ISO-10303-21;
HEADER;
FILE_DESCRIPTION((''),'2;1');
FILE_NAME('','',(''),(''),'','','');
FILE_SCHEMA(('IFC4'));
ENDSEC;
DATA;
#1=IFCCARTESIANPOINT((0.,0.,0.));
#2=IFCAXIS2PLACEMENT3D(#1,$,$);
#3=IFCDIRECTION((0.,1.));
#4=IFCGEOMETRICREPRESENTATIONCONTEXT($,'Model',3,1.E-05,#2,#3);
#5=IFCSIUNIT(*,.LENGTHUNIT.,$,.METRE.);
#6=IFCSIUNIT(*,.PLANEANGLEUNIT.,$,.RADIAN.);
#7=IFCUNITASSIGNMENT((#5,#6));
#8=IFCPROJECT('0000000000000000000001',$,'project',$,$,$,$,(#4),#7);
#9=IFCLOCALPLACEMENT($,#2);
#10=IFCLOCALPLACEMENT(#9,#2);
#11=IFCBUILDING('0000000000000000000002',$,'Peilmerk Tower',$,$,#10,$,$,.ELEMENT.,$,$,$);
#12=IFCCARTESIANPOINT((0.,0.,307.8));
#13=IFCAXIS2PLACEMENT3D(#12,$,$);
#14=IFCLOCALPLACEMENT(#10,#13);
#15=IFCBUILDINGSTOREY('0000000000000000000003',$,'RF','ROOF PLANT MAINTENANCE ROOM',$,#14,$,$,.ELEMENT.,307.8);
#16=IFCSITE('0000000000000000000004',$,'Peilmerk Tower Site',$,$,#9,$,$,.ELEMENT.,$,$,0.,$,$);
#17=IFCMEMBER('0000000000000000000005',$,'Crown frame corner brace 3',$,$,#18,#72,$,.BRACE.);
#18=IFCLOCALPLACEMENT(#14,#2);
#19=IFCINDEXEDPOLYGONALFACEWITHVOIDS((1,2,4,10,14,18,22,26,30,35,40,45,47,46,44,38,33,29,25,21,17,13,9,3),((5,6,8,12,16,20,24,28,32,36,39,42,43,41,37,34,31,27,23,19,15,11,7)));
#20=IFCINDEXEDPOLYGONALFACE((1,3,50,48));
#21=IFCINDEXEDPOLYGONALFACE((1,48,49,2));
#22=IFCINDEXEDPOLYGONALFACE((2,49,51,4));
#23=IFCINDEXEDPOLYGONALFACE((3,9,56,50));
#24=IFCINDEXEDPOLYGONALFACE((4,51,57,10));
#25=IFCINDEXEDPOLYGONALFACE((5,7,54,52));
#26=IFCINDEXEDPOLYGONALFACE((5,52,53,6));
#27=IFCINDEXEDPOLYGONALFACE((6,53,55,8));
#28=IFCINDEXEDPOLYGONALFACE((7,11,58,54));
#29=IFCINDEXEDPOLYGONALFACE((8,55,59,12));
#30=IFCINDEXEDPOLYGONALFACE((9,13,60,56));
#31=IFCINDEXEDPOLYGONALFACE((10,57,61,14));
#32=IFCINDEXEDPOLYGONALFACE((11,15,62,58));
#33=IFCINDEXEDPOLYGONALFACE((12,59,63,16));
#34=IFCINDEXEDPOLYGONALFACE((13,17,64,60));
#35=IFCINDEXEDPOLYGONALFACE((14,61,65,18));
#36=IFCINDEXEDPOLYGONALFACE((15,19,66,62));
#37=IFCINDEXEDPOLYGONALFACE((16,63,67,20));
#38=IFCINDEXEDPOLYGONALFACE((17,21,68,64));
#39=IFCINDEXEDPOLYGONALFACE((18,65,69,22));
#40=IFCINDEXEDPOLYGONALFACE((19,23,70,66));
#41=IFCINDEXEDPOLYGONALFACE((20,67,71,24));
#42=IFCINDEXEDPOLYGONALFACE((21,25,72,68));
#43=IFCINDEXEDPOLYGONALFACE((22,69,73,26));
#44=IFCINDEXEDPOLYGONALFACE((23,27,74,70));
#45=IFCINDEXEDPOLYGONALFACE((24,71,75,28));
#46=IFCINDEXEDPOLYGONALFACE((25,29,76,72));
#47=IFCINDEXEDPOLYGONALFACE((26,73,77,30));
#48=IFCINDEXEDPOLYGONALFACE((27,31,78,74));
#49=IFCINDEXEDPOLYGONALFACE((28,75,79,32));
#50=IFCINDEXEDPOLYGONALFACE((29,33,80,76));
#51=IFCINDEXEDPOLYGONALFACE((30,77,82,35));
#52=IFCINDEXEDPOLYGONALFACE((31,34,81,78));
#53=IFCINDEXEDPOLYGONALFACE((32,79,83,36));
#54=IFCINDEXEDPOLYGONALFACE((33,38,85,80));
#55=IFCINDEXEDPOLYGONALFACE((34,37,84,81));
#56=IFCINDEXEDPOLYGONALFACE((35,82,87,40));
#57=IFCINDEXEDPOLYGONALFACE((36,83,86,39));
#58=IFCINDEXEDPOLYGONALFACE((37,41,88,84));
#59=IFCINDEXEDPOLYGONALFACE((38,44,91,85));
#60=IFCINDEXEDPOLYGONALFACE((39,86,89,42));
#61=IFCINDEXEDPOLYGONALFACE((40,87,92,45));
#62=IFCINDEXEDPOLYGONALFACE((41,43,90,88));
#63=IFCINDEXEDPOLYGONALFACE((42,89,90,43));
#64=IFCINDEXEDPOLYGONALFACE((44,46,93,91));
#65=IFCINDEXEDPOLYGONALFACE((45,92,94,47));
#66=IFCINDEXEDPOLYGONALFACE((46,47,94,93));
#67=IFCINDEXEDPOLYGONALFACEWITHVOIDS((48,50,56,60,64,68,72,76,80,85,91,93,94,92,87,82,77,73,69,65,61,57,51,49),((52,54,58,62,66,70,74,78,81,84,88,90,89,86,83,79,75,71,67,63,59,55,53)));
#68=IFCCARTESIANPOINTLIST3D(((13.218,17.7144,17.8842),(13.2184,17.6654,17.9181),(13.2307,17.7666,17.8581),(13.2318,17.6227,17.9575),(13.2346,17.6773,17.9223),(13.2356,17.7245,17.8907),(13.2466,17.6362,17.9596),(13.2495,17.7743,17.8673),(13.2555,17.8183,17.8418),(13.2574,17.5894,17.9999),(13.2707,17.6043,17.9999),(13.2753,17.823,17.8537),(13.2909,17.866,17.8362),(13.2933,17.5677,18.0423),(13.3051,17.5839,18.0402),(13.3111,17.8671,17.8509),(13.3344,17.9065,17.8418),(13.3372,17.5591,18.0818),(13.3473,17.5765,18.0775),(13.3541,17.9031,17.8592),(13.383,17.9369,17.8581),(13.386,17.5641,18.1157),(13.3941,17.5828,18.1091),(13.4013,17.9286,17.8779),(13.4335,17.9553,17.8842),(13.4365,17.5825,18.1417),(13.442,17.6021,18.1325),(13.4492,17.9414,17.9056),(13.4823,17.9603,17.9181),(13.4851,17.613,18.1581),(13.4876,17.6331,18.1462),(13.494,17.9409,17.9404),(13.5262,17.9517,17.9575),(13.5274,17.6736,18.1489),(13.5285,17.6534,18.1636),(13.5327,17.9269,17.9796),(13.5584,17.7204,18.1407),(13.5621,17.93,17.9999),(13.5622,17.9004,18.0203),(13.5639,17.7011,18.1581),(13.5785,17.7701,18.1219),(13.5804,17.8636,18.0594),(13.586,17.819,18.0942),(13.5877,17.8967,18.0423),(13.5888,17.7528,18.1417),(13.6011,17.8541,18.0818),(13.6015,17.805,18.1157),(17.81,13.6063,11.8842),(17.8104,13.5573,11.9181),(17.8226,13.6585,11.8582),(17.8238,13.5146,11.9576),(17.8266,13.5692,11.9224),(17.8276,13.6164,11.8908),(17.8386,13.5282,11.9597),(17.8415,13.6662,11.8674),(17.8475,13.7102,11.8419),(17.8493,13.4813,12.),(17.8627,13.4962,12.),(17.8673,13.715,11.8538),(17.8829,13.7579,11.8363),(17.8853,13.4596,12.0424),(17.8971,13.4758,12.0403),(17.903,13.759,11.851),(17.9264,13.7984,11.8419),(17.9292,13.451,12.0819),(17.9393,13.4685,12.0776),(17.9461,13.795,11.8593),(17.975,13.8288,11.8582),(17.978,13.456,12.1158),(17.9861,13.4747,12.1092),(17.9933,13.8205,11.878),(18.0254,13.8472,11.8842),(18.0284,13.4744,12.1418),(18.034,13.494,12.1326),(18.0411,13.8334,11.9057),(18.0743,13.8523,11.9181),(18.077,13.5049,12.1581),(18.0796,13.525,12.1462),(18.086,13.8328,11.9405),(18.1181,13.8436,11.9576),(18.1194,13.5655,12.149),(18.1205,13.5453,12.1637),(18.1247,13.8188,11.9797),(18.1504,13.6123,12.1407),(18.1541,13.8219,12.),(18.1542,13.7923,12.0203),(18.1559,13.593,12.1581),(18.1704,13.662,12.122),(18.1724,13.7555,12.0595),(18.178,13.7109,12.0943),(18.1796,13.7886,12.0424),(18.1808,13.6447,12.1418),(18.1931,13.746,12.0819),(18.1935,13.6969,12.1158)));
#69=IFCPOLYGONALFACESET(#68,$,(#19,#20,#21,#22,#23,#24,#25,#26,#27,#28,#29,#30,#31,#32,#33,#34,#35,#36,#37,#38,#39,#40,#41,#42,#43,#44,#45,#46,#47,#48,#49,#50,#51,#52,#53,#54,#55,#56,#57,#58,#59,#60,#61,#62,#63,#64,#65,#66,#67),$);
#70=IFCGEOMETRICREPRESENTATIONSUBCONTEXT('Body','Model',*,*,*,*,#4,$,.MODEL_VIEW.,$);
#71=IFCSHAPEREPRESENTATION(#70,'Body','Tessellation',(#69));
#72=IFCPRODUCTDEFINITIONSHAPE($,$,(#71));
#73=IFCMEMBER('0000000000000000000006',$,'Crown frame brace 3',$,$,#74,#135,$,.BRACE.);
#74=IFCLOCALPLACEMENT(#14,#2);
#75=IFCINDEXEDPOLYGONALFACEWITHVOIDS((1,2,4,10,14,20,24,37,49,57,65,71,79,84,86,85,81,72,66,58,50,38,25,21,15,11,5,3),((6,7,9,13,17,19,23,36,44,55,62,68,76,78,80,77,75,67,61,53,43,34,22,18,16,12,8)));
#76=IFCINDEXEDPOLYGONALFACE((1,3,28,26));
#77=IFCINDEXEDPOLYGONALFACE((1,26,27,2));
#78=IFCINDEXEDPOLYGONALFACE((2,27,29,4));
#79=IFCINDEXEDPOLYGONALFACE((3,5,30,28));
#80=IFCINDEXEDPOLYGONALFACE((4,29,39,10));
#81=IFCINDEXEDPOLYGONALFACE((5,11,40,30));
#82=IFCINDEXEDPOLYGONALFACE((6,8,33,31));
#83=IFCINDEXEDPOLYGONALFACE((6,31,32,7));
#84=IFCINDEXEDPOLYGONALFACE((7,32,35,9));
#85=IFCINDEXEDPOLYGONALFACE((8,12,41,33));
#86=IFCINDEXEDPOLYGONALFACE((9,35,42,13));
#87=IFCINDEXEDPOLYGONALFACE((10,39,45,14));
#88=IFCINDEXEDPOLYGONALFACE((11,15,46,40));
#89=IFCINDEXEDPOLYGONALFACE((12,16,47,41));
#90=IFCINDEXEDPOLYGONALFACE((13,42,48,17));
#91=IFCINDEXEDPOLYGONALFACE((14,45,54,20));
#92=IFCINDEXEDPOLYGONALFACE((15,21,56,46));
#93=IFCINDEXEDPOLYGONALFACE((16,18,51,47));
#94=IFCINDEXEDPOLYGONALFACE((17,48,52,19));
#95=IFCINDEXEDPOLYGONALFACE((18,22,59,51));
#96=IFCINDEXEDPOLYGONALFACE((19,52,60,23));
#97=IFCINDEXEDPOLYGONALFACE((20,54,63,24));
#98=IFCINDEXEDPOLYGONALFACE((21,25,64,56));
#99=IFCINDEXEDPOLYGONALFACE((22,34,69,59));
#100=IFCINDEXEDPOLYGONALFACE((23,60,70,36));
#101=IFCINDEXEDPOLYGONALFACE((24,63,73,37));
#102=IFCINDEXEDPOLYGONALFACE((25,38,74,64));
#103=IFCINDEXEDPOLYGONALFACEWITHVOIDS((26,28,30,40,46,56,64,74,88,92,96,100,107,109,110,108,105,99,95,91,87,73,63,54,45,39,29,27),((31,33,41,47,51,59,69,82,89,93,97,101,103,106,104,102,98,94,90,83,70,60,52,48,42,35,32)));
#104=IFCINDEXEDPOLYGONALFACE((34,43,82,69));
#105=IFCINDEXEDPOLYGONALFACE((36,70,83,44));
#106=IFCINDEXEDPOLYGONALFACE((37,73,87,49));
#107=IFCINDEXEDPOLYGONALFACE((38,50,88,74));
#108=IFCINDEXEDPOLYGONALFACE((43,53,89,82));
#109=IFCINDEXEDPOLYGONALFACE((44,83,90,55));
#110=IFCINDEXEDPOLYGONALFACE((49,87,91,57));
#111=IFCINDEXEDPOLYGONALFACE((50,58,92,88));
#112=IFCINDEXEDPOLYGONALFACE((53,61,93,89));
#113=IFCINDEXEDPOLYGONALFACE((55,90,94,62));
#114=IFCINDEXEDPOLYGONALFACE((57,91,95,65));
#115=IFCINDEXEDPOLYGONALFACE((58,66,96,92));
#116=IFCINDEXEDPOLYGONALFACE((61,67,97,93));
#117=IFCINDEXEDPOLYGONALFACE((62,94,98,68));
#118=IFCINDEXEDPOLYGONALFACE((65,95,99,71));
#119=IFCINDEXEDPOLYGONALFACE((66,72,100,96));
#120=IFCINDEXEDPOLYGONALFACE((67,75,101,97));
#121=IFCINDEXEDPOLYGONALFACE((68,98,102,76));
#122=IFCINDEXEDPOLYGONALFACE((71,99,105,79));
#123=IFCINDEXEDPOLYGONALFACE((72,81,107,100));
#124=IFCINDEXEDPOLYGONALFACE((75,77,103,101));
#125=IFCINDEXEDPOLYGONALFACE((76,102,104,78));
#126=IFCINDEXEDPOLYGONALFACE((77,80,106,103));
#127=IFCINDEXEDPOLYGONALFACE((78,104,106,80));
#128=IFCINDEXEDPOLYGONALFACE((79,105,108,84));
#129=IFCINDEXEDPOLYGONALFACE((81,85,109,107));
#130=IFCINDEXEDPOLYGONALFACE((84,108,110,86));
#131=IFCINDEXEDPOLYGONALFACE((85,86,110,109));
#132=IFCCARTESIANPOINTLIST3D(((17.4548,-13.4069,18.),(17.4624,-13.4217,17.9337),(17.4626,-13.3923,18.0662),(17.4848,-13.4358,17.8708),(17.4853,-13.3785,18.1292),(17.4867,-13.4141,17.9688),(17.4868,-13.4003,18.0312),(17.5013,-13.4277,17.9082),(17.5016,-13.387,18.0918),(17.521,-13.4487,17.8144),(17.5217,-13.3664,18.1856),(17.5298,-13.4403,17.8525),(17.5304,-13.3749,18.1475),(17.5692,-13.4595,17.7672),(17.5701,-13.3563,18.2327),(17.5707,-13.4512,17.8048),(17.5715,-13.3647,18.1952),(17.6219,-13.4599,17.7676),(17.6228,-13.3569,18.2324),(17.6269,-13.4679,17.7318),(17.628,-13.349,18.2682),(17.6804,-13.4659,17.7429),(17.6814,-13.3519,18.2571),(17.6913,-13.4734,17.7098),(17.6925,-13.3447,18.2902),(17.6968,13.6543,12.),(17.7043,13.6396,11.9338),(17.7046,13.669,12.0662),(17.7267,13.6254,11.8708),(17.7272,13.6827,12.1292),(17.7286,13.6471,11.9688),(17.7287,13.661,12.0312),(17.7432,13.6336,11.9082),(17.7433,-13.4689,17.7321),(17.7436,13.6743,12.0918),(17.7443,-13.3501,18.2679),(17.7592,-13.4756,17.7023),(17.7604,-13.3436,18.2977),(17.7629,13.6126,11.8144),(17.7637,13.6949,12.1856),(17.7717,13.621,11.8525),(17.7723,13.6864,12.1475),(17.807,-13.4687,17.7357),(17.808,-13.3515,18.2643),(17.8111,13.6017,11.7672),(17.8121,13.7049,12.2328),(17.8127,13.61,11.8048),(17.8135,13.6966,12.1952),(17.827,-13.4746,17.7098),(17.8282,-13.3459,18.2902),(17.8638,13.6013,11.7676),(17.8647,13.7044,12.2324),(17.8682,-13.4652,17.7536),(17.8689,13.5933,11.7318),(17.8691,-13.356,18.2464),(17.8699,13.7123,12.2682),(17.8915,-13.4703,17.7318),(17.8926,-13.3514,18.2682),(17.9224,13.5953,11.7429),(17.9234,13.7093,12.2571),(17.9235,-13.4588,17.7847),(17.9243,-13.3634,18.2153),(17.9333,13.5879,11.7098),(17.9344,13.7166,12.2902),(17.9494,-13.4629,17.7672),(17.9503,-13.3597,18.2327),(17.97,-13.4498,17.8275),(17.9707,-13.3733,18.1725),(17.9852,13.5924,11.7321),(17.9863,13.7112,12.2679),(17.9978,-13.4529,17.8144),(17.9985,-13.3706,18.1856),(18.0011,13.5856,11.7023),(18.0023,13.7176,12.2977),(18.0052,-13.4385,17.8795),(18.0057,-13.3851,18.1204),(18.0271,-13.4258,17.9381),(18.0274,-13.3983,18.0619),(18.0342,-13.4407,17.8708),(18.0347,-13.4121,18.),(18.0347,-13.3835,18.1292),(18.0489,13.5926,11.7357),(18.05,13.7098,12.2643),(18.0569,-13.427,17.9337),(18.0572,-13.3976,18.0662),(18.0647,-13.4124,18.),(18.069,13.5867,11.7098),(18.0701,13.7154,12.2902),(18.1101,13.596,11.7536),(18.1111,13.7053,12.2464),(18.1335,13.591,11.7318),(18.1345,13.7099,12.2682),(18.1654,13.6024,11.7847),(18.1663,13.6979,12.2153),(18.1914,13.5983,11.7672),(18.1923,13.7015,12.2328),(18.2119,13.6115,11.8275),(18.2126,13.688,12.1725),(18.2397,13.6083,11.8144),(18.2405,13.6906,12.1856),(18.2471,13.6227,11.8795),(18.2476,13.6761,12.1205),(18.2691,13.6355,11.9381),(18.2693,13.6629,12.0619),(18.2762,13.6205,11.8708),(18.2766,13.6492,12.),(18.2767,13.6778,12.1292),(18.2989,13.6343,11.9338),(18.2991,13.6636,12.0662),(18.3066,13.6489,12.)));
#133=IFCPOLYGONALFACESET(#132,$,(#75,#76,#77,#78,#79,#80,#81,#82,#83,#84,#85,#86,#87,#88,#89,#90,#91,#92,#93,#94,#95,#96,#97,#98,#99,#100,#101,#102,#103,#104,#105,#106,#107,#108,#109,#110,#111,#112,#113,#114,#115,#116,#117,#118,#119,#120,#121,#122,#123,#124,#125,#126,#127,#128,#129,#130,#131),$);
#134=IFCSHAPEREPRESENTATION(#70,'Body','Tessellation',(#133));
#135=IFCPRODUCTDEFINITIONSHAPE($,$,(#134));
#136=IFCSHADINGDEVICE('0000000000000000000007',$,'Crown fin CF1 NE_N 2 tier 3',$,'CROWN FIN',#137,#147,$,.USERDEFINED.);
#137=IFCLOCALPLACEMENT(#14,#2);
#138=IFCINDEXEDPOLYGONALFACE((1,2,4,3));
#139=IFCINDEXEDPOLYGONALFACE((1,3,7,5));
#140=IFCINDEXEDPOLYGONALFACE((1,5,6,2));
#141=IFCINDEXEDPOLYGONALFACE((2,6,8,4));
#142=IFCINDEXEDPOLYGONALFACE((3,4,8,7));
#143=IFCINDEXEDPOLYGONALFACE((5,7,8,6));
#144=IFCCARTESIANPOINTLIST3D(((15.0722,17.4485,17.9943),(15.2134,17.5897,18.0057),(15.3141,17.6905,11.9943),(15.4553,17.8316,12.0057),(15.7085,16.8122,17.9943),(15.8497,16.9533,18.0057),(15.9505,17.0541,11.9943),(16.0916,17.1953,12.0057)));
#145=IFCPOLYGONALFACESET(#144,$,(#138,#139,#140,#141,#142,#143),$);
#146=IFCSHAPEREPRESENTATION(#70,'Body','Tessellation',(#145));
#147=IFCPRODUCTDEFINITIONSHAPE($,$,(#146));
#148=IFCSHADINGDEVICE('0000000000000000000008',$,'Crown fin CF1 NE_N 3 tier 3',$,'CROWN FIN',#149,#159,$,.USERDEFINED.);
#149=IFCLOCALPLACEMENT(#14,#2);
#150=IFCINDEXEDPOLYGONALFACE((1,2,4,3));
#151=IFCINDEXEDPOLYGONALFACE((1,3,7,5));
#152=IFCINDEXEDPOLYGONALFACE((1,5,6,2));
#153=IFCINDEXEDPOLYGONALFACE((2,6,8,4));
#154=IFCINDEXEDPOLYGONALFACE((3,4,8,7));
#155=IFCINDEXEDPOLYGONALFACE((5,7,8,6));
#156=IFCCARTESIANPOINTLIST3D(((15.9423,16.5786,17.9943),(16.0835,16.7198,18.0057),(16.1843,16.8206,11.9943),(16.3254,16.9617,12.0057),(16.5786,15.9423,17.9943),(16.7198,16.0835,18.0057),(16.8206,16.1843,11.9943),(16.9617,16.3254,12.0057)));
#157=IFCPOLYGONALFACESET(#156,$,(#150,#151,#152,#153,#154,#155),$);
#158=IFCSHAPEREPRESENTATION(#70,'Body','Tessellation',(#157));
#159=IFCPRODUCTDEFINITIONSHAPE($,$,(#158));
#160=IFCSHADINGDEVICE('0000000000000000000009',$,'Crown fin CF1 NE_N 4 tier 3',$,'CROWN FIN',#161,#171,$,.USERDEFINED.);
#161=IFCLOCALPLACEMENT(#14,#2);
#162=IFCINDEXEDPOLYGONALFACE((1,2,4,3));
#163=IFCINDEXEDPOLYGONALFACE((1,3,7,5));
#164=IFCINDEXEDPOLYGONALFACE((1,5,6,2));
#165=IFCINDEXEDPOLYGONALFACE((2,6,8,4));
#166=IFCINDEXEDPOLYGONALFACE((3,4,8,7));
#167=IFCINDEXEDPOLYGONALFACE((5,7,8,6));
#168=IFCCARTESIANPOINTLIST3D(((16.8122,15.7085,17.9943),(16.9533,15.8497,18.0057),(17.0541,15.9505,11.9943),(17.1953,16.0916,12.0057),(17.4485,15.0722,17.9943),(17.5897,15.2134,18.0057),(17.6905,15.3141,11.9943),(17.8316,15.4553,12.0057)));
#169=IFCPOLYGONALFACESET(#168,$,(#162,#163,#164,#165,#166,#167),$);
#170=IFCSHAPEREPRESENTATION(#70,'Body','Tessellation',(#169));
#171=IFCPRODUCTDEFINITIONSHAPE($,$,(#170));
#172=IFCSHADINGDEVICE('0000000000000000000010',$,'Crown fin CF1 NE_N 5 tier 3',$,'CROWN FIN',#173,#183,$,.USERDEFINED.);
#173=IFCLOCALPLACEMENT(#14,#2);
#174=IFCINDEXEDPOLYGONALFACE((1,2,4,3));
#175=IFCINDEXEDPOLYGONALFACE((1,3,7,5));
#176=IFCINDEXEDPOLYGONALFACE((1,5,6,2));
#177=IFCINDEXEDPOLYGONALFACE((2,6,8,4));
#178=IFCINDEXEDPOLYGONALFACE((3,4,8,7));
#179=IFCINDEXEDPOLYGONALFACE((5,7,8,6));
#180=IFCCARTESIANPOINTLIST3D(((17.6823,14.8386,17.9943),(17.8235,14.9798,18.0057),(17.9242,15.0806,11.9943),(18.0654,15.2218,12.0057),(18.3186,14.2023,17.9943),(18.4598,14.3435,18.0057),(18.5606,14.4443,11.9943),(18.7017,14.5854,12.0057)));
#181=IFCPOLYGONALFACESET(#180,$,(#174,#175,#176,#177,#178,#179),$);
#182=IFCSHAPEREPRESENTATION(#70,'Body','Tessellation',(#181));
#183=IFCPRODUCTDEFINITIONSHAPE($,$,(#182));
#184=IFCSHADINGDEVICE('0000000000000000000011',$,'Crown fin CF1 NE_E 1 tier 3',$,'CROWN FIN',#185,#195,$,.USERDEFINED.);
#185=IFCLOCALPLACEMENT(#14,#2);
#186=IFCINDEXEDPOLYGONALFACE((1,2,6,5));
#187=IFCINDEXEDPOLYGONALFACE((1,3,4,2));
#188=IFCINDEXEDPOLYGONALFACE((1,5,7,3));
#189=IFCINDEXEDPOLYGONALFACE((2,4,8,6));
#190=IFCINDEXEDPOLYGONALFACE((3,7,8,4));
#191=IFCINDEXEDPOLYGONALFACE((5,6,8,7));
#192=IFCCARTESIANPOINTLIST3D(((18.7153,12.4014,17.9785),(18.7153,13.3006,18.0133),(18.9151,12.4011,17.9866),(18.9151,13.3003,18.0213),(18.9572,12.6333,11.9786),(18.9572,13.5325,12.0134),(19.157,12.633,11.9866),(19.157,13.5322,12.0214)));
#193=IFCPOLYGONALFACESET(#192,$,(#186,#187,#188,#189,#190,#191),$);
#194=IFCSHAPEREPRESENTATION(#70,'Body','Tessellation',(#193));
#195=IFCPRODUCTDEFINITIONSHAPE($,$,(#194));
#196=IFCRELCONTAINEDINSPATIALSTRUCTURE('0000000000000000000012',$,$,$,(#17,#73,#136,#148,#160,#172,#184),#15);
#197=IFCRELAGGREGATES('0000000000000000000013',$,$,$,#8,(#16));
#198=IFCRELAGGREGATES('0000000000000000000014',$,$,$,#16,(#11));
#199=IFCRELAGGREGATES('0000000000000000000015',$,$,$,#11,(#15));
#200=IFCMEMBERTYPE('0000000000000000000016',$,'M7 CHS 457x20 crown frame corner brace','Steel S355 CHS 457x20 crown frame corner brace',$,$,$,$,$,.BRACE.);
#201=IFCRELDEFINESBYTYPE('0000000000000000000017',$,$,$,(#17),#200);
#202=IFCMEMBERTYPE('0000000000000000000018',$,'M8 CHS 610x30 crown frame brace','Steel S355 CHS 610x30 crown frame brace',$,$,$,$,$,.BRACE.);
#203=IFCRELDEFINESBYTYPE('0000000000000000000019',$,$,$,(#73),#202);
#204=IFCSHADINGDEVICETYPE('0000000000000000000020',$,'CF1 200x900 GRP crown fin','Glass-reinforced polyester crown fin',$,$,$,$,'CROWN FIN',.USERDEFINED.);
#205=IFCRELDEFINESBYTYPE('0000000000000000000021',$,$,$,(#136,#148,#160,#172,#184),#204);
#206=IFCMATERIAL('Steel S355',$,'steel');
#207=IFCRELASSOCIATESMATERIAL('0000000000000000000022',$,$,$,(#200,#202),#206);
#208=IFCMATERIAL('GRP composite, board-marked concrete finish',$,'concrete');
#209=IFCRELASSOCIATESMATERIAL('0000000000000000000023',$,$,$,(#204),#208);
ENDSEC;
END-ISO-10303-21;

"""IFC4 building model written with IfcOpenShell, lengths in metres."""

from ifc_helpers import new_model, si_unit, direction, frame, origin, origin_2d, place, context, subcontext, project, spatial, rectangle, hollow_circle, extrude, source, transform, mapped, material, material_profile, profile_set, type_object, element, save


model = new_model("IFC4")

# Units and contexts
model_context = context("Model", 3, precision=1e-05, world=origin(), true_north=direction((0.0, 1.0)))
body_context = subcontext(model_context, "Body", "Model", "MODEL_VIEW")
ifc_project = project(units=[si_unit("LENGTHUNIT", "METRE"), si_unit("PLANEANGLEUNIT", "RADIAN")], contexts=[model_context])

# Site, building, storey
site_placement = place(None, origin())
site = spatial("IfcSite", under=ifc_project, at=site_placement, Name="Peilmerk Tower Site", CompositionType="ELEMENT", RefElevation=0.0)
building_placement = place(site_placement, origin())
building = spatial("IfcBuilding", under=site, at=building_placement, Name="Peilmerk Tower", CompositionType="ELEMENT")
storey_placement = place(building_placement, frame((0.0, 0.0, 307.8)))
storey = spatial("IfcBuildingStorey", under=building, at=storey_placement, Name="RF", Description="ROOF PLANT MAINTENANCE ROOM", CompositionType="ELEMENT", Elevation=307.8)

# Shared definitions
ifc_material_1 = material(Name="Steel S355", Category="steel")

# Members
ifc_material_profile_1 = material_profile(ifc_material_1, hollow_circle(Radius=0.2285, WallThickness=0.02, at=origin_2d()), Name="CHS 457x20")
ifc_profile_set_1 = profile_set([ifc_material_profile_1], Name="Steel S355")
member_type_1 = type_object("IfcMemberType", Name="M7 CHS 457x20 crown frame corner brace", Description="Steel S355 CHS 457x20 crown frame corner brace", PredefinedType="BRACE", material=ifc_profile_set_1)
member_1_placement = place(storey_placement, frame((18.0017, 13.6516, 12.0), z_axis=(-0.533945, 0.47768, 0.697657), x_axis=(-0.666749, -0.745283, 0.0)))
element("IfcMember", 1, at=member_1_placement, inside=storey, type_object=member_type_1, Name="Crown frame corner brace 3", PredefinedType="BRACE", context=body_context, shape_type="SweptSolid", body=[
    extrude(hollow_circle(Radius=0.2285, WallThickness=0.02, at=origin_2d()), origin(), (0.0, 0.0, 1.0), 8.6001),
])
ifc_material_profile_2 = material_profile(ifc_material_1, hollow_circle(Radius=0.3049, WallThickness=0.03, at=origin_2d()), Name="CHS 610x30")
ifc_profile_set_2 = profile_set([ifc_material_profile_2], Name="Steel S355")
member_type_2 = type_object("IfcMemberType", Name="M8 CHS 610x30 crown frame brace", Description="Steel S355 CHS 610x30 crown frame brace", PredefinedType="BRACE", material=ifc_profile_set_2)
member_2_placement = place(storey_placement, frame((18.0017, 13.6516, 12.0), z_axis=(-0.008728, -0.976254, 0.216454), x_axis=(0.99996, -0.00894, 0.0)))
element("IfcMember", 2, at=member_2_placement, inside=storey, type_object=member_type_2, Name="Crown frame brace 3", PredefinedType="BRACE", context=body_context, shape_type="SweptSolid", body=[
    extrude(hollow_circle(Radius=0.3049, WallThickness=0.03, at=origin_2d()), origin(), (0.0, 0.0, 1.0), 27.7195),
])

# Shading devices
ifc_material_2 = material(Name="GRP composite, board-marked concrete finish", Category="concrete")
ifc_material_profile_3 = material_profile(ifc_material_2, rectangle(XDim=0.2, YDim=0.8999, at=origin_2d()), Name="CF1 200x900")
ifc_profile_set_3 = profile_set([ifc_material_profile_3], Name="GRP composite, board-marked concrete finish")
shading_device_type = type_object("IfcShadingDeviceType", Name="CF1 200x900 GRP crown fin", Description="Glass-reinforced polyester crown fin", ElementType="CROWN FIN", PredefinedType="USERDEFINED", material=ifc_profile_set_3)
shared_shape_1 = source(origin(), body_context, "Body", "SweptSolid", [
    extrude(rectangle(XDim=0.2, YDim=0.8999, at=origin_2d()), origin(), (0.0, 0.0, 1.0), 6.0098),
])
for number, where, z_axis, x_axis, name in (
    (3, (15.7029, 17.4429, 12.0), (-0.040258, -0.040258, 0.998378), (0.70596, 0.70596, 0.056934), "Crown fin CF1 NE_N 2 tier 3"),
    (4, (16.573, 16.573, 12.0), (-0.040258, -0.040258, 0.998378), (0.70596, 0.70596, 0.056934), "Crown fin CF1 NE_N 3 tier 3"),
    (5, (17.4429, 15.7029, 12.0), (-0.040258, -0.040258, 0.998378), (0.70596, 0.70596, 0.056934), "Crown fin CF1 NE_N 4 tier 3"),
    (6, (18.313, 14.833, 12.0), (-0.040258, -0.040258, 0.998378), (0.70596, 0.70596, 0.056934), "Crown fin CF1 NE_N 5 tier 3"),
):
    element("IfcShadingDevice", number, at=place(storey_placement, frame(where, z_axis=z_axis, x_axis=x_axis)), inside=storey, type_object=shading_device_type, Name=name, ObjectType="CROWN FIN", PredefinedType="USERDEFINED", context=body_context, shape_type="MappedRepresentation", body=[
        mapped(shared_shape_1, transform((0.0, 0.0, 0.0), scale=1.0)),
    ])
shared_shape_2 = source(origin(), body_context, "Body", "SweptSolid", [
    extrude(rectangle(XDim=0.2, YDim=0.8999, at=origin_2d()), origin(), (0.0, 0.0, 1.0), 6.0093),
])
shading_device_1_placement = place(storey_placement, frame((19.0571, 13.0828, 12.0), z_axis=(-0.040261, -0.038595, 0.998444), x_axis=(0.999189, -0.001555, 0.040231)))
element("IfcShadingDevice", 7, at=shading_device_1_placement, inside=storey, type_object=shading_device_type, Name="Crown fin CF1 NE_E 1 tier 3", ObjectType="CROWN FIN", PredefinedType="USERDEFINED", context=body_context, shape_type="MappedRepresentation", body=[
    mapped(shared_shape_2, transform((0.0, 0.0, 0.0), scale=1.0)),
])

save(model, "model.ifc")
